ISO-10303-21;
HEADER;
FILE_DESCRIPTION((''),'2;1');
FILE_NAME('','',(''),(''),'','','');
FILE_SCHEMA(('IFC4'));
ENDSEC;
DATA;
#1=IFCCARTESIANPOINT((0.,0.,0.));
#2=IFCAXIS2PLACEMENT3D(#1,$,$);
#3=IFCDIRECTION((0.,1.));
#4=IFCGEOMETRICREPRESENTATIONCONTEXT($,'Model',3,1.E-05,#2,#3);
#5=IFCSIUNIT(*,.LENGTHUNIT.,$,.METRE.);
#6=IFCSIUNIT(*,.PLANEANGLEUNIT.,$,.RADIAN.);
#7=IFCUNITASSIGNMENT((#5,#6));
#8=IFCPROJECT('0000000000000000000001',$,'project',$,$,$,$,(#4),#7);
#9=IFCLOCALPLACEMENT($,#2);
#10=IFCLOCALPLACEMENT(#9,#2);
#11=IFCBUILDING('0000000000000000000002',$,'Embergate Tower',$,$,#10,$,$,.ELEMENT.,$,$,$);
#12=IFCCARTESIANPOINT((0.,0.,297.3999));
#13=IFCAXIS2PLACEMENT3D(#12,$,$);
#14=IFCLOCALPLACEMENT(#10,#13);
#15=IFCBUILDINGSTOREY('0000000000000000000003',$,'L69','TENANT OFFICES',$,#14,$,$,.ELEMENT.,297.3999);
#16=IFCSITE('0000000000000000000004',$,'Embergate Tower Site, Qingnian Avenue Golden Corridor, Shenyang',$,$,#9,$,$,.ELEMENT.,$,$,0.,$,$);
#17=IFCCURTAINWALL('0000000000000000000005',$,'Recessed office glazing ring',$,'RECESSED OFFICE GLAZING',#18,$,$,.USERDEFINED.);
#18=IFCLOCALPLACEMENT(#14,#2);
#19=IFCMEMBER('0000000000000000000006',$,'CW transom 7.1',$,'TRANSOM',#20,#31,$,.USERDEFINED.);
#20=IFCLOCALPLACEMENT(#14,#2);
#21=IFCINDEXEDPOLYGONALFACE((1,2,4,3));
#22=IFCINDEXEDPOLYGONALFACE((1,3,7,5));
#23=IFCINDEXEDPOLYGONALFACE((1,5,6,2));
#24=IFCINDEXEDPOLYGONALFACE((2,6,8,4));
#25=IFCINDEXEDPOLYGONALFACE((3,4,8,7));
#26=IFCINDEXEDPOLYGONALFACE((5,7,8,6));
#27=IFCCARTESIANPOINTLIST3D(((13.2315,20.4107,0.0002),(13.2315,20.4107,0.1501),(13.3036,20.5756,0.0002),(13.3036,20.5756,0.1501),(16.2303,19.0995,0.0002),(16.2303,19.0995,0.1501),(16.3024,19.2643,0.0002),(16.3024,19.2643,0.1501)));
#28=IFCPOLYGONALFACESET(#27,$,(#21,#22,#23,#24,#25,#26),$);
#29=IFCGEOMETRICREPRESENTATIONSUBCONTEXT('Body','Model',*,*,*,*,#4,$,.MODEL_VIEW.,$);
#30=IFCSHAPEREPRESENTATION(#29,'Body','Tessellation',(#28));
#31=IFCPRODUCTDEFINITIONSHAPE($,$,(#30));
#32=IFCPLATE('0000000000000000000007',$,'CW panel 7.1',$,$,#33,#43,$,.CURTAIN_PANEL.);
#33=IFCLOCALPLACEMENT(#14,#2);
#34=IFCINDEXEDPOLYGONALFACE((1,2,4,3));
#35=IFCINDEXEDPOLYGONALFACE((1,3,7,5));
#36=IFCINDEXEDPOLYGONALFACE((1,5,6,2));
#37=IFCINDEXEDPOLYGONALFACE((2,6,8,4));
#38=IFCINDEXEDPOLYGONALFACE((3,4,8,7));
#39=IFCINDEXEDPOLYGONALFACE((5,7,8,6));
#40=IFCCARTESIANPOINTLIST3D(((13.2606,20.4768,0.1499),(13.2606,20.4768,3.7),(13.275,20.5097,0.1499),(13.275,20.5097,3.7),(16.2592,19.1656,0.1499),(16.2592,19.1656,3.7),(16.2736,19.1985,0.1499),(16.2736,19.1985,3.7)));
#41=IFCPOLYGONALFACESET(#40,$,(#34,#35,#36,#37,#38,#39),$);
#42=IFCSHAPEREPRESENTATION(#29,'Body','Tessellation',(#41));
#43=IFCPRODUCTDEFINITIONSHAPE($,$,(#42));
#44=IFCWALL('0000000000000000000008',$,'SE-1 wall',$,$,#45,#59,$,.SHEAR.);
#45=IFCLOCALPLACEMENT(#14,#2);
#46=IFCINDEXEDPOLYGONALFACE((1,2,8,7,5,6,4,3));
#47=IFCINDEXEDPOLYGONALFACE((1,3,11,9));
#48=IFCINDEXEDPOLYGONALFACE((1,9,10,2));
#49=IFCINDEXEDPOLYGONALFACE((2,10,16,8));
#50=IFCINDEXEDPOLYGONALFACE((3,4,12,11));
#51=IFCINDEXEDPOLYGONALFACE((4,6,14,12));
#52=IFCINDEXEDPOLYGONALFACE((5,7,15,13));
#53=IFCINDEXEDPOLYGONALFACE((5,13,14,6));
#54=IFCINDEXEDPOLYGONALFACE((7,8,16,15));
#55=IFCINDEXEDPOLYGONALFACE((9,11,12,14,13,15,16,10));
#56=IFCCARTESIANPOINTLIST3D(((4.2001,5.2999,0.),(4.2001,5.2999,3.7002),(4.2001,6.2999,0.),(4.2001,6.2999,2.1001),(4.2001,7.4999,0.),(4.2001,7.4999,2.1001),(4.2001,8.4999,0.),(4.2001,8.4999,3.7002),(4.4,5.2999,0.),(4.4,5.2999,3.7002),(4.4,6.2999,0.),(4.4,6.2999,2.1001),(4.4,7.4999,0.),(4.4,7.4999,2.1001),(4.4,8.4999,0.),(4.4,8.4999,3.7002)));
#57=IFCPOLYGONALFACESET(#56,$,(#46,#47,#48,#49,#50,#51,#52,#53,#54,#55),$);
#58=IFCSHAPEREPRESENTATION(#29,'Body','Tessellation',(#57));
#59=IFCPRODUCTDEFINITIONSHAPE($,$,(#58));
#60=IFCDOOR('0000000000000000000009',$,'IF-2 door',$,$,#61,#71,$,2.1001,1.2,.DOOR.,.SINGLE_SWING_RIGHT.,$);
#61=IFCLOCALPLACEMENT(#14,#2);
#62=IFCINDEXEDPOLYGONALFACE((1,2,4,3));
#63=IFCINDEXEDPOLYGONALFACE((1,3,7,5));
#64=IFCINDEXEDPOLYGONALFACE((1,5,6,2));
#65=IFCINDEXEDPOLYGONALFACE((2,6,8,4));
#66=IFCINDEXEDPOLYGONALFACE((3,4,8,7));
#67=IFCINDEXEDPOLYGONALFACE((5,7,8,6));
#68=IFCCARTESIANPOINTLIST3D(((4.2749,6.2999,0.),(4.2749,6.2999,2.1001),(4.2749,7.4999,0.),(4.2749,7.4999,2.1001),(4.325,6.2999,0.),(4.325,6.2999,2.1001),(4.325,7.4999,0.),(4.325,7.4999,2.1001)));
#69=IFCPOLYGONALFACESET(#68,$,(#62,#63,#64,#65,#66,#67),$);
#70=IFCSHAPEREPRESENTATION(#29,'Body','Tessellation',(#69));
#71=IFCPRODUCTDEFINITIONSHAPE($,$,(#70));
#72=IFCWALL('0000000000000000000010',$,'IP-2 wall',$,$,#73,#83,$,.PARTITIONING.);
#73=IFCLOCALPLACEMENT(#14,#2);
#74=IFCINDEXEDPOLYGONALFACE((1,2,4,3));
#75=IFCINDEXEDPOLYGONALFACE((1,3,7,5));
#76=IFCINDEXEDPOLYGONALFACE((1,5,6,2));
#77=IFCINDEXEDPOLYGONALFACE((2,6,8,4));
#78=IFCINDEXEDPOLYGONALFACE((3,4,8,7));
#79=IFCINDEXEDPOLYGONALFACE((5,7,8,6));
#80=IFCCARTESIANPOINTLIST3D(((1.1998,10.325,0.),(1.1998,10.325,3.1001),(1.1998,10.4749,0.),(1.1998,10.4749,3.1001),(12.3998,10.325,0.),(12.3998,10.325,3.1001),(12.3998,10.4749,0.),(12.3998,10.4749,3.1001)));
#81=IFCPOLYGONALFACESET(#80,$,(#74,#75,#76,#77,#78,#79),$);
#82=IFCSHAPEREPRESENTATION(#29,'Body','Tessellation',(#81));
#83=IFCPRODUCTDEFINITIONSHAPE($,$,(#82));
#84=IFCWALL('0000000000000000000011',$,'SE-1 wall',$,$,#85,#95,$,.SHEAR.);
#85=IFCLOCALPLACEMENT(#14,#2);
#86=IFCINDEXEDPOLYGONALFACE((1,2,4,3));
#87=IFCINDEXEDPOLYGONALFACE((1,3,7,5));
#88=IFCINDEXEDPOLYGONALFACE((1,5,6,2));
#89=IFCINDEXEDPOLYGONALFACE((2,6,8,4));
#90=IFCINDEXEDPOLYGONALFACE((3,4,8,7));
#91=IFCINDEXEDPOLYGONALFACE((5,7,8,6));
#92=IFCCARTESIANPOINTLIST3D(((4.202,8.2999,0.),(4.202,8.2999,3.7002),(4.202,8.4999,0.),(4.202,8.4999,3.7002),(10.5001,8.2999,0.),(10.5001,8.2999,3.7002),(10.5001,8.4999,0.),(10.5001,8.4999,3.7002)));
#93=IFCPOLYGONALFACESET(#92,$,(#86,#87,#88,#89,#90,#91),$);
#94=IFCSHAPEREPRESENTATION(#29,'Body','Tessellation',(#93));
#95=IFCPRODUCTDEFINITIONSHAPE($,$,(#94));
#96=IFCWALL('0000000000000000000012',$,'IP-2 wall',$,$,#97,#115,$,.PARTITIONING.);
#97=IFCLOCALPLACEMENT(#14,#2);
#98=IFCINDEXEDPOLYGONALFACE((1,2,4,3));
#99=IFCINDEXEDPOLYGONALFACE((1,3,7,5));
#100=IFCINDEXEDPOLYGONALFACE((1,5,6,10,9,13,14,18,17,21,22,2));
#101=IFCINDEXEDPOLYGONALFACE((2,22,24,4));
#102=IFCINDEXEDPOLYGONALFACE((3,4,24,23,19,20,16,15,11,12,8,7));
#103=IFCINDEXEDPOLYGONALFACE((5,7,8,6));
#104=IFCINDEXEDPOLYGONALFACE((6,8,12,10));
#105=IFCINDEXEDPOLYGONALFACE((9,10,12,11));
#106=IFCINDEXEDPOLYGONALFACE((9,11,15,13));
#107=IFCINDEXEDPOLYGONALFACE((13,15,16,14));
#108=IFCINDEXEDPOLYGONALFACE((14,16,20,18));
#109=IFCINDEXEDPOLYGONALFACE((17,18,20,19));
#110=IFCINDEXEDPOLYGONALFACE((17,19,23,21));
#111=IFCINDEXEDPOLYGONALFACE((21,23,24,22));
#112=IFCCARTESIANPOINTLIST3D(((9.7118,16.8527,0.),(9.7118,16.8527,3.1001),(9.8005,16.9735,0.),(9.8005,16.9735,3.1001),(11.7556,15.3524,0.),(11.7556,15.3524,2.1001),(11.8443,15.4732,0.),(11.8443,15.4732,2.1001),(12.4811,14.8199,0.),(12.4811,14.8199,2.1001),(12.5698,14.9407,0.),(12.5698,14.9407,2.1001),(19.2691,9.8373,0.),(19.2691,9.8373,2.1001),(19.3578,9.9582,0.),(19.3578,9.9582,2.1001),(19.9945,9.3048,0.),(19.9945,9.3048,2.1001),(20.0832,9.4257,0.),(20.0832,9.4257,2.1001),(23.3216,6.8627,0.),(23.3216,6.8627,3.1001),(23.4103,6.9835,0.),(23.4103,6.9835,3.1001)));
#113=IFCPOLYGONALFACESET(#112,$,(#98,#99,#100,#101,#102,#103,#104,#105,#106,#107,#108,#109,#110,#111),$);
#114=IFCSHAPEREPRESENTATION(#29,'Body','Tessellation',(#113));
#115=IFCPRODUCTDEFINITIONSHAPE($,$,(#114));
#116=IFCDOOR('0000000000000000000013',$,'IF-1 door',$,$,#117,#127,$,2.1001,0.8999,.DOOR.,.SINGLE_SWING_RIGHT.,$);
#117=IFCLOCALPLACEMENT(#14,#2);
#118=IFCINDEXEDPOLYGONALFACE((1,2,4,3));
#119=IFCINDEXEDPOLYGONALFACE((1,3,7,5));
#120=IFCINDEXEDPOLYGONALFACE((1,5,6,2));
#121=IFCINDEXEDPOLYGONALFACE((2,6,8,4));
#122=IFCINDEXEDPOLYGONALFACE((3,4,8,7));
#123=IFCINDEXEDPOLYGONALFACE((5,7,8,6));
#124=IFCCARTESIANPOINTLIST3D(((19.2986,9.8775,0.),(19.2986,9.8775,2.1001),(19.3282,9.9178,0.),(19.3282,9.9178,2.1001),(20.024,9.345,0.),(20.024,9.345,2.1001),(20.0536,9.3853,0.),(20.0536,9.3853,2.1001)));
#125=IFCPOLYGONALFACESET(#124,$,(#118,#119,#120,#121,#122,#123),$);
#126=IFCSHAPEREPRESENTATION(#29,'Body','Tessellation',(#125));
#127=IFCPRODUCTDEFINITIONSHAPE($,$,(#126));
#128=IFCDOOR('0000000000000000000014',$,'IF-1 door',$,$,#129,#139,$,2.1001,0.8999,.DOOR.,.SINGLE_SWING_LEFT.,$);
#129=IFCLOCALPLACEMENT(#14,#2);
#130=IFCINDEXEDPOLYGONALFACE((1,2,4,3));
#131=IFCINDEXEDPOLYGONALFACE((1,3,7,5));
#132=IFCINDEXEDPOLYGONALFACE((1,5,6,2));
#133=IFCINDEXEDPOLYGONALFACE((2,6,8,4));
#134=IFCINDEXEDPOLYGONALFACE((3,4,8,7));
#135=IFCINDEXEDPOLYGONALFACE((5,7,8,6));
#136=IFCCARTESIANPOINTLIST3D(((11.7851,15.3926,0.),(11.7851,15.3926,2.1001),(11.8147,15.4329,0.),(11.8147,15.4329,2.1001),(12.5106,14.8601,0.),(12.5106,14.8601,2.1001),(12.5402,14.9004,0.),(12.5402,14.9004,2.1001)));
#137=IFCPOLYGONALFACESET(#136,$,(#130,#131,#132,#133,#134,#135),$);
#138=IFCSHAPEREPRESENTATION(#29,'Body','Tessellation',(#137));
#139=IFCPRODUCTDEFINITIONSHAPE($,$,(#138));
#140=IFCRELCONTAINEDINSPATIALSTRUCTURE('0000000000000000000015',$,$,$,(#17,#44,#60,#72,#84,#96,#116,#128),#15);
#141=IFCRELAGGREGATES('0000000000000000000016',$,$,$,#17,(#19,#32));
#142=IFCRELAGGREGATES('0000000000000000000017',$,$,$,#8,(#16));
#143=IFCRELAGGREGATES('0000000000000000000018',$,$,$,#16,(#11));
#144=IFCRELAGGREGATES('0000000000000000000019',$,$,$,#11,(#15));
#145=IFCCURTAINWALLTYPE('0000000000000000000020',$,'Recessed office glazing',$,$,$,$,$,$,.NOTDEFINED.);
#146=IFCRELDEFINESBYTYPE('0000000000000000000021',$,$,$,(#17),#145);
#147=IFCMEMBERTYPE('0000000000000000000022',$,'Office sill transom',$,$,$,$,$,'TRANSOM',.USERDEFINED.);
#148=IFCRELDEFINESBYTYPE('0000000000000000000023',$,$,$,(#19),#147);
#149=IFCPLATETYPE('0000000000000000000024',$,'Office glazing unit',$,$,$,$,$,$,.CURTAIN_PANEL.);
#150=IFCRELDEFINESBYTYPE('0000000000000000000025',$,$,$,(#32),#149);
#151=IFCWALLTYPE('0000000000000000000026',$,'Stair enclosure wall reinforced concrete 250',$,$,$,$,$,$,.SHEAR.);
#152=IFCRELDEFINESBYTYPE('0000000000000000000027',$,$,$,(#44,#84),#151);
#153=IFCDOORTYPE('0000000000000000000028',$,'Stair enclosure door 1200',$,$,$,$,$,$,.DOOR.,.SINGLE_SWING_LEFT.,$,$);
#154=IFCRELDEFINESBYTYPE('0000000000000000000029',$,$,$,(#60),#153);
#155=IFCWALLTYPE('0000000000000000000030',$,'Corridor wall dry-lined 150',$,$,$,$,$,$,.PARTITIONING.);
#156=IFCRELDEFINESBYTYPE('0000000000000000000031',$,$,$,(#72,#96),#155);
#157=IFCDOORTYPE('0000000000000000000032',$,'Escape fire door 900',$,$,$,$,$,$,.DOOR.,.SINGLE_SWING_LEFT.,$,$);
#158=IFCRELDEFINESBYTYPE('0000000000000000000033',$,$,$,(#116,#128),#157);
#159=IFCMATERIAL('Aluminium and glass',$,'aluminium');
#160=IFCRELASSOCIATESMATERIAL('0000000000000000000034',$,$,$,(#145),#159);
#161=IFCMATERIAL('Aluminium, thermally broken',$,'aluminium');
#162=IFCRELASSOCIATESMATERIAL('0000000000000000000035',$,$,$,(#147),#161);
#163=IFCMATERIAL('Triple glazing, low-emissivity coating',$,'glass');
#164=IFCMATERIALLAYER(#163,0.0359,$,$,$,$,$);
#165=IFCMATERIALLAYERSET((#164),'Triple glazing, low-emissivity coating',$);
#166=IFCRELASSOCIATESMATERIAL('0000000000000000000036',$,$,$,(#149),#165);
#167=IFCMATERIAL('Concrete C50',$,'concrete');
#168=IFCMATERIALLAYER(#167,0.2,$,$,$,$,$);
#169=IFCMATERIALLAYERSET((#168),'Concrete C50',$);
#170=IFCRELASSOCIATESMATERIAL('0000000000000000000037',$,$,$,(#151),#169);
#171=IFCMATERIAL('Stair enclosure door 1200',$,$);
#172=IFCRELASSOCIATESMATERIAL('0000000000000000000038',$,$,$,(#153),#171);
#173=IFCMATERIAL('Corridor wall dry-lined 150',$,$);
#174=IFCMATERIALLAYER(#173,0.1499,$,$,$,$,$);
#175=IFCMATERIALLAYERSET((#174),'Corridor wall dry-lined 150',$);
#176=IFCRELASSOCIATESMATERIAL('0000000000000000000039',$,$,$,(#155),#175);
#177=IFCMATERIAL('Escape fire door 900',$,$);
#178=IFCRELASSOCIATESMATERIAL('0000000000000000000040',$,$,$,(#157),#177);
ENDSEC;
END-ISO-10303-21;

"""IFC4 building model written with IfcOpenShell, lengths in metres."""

from ifc_helpers import new_model, si_unit, direction, frame, frame_2d, origin, origin_2d, place, context, subcontext, project, spatial, rectangle, extrude, source, transform, mapped, material, layer, layer_set, material_profile, profile_set, type_object, element, fill, aggregate, save


model = new_model("IFC4")

# Units and contexts
model_context = context("Model", 3, precision=1e-05, world=origin(), true_north=direction((0.0, 1.0)))
body_context = subcontext(model_context, "Body", "Model", "MODEL_VIEW")
ifc_project = project(units=[si_unit("LENGTHUNIT", "METRE"), si_unit("PLANEANGLEUNIT", "RADIAN")], contexts=[model_context])

# Site, building, storey
site_placement = place(None, origin())
site = spatial("IfcSite", under=ifc_project, at=site_placement, Name="Embergate Tower Site, Qingnian Avenue Golden Corridor, Shenyang", CompositionType="ELEMENT", RefElevation=0.0)
building_placement = place(site_placement, origin())
building = spatial("IfcBuilding", under=site, at=building_placement, Name="Embergate Tower", CompositionType="ELEMENT")
storey_placement = place(building_placement, frame((0.0, 0.0, 297.3999)))
storey = spatial("IfcBuildingStorey", under=building, at=storey_placement, Name="L69", Description="TENANT OFFICES", CompositionType="ELEMENT", Elevation=297.3999)

# Curtain wall, member, plate
ifc_material_1 = material(Name="Aluminium and glass", Category="aluminium")
curtain_wall_type = type_object("IfcCurtainWallType", Name="Recessed office glazing", PredefinedType="NOTDEFINED", material=ifc_material_1)
curtain_wall_placement = place(storey_placement, origin())
curtain_wall = element("IfcCurtainWall", 1, at=curtain_wall_placement, inside=storey, type_object=curtain_wall_type, Name="Recessed office glazing ring", ObjectType="RECESSED OFFICE GLAZING", PredefinedType="USERDEFINED")
ifc_material_2 = material(Name="Aluminium, thermally broken", Category="aluminium")
ifc_material_profile = material_profile(ifc_material_2, rectangle(XDim=0.1799, YDim=0.1499, at=origin_2d()), Name="AL 150x180")
ifc_profile_set = profile_set([ifc_material_profile], Name="Aluminium, thermally broken")
member_type = type_object("IfcMemberType", Name="Office sill transom", ElementType="TRANSOM", PredefinedType="USERDEFINED", material=ifc_profile_set)
shared_shape_1 = source(origin(), body_context, "Body", "SweptSolid", [
    extrude(rectangle(XDim=0.1799, YDim=0.1499, at=origin_2d()), origin(), (0.0, 0.0, 1.0), 3.2729),
])
member_placement = place(storey_placement, frame((16.2664, 19.1819, 0.0752), z_axis=(-0.916234, 0.400643, 0.0), x_axis=(-0.400643, -0.916234, 0.0)))
member = element("IfcMember", 2, at=member_placement, type_object=member_type, Name="CW transom 7.1", ObjectType="TRANSOM", PredefinedType="USERDEFINED", context=body_context, shape_type="MappedRepresentation", body=[
    mapped(shared_shape_1, transform((0.0, 0.0, 0.0))),
])
ifc_material_3 = material(Name="Triple glazing, low-emissivity coating", Category="glass")
ifc_layer_1 = layer(ifc_material_3, 0.0359)
ifc_layer_set_1 = layer_set([ifc_layer_1], Name="Triple glazing, low-emissivity coating")
plate_type = type_object("IfcPlateType", Name="Office glazing unit", PredefinedType="CURTAIN_PANEL", material=ifc_layer_set_1)
shared_shape_2 = source(origin(), body_context, "Body", "SweptSolid", [
    extrude(rectangle(XDim=3.2727, YDim=0.0359, at=origin_2d()), origin(), (0.0, 0.0, 1.0), 3.55),
])
plate_placement = place(storey_placement, frame((14.7671, 19.8376, 0.1499), z_axis=(0.0, 0.0, 1.0), x_axis=(-0.916235, 0.400642, 0.0)))
plate = element("IfcPlate", 3, at=plate_placement, type_object=plate_type, Name="CW panel 7.1", PredefinedType="CURTAIN_PANEL", context=body_context, shape_type="MappedRepresentation", body=[
    mapped(shared_shape_2, transform((0.0, 0.0, 0.0))),
])
aggregate(curtain_wall, [member, plate])

# Wall, opening, door
ifc_material_4 = material(Name="Concrete C50", Category="concrete")
ifc_layer_2 = layer(ifc_material_4, 0.2)
ifc_layer_set_2 = layer_set([ifc_layer_2], Name="Concrete C50")
wall_type_1 = type_object("IfcWallType", Name="Stair enclosure wall reinforced concrete 250", PredefinedType="SHEAR", material=ifc_layer_set_2)
shared_shape_3 = source(origin(), body_context, "Body", "SweptSolid", [
    extrude(rectangle(XDim=3.2, YDim=0.2, at=frame_2d((1.6001, 0.0))), origin(), (0.0, 0.0, 1.0), 3.7002),
])
wall_1_placement = place(storey_placement, frame((4.3, 8.5, 0.0), z_axis=(0.0, 0.0, 1.0), x_axis=(0.0, -1.0, 0.0)))
wall_1 = element("IfcWall", 4, at=wall_1_placement, inside=storey, type_object=wall_type_1, Name="SE-1 wall", PredefinedType="SHEAR", context=body_context, shape_type="MappedRepresentation", body=[
    mapped(shared_shape_3, transform((0.0, 0.0, 0.0))),
])
shared_shape_4 = source(origin(), body_context, "Body", "SweptSolid", [
    extrude(rectangle(XDim=1.2, YDim=2.1001, at=frame_2d((0.6001, 1.05))), frame((0.0, 0.1099, 0.0), z_axis=(0.0, -1.0, 0.0), x_axis=(1.0, 0.0, 0.0)), (0.0, 0.0, 1.0), 0.22),
])
opening_1_placement = place(wall_1_placement, frame((1.0, 0.0, 0.0)))
opening_1 = element("IfcOpeningElement", 5, at=opening_1_placement, cuts=wall_1, PredefinedType="OPENING", context=body_context, shape_type="MappedRepresentation", body=[
    mapped(shared_shape_4, transform((0.0, 0.0, 0.0))),
])
ifc_material_5 = material(Name="Stair enclosure door 1200")
door_type_1 = type_object("IfcDoorType", Name="Stair enclosure door 1200", OperationType="SINGLE_SWING_LEFT", PredefinedType="DOOR", material=ifc_material_5)
shared_shape_5 = source(origin(), body_context, "Body", "SweptSolid", [
    extrude(rectangle(XDim=1.2, YDim=2.1001, at=frame_2d((0.6001, 1.05))), frame((0.0, 0.0249, 0.0), z_axis=(0.0, -1.0, 0.0), x_axis=(1.0, 0.0, 0.0)), (0.0, 0.0, 1.0), 0.05),
])
door_1_placement = place(opening_1_placement, origin())
door_1 = element("IfcDoor", 6, at=door_1_placement, inside=storey, type_object=door_type_1, Name="IF-2 door", OperationType="SINGLE_SWING_RIGHT", OverallHeight=2.1001, OverallWidth=1.2, PredefinedType="DOOR", context=body_context, shape_type="MappedRepresentation", body=[
    mapped(shared_shape_5, transform((0.0, 0.0, 0.0))),
])
fill(opening_1, door_1)

# Walls
ifc_material_6 = material(Name="Corridor wall dry-lined 150")
ifc_layer_3 = layer(ifc_material_6, 0.1499)
ifc_layer_set_3 = layer_set([ifc_layer_3], Name="Corridor wall dry-lined 150")
wall_type_2 = type_object("IfcWallType", Name="Corridor wall dry-lined 150", PredefinedType="PARTITIONING", material=ifc_layer_set_3)
shared_shape_6 = source(origin(), body_context, "Body", "SweptSolid", [
    extrude(rectangle(XDim=11.2, YDim=0.1499, at=frame_2d((5.6001, 0.0))), origin(), (0.0, 0.0, 1.0), 3.1001),
])
wall_2_placement = place(storey_placement, frame((12.3999, 10.3999, 0.0), z_axis=(0.0, 0.0, 1.0), x_axis=(-1.0, 0.0, 0.0)))
element("IfcWall", 7, at=wall_2_placement, inside=storey, type_object=wall_type_2, Name="IP-2 wall", PredefinedType="PARTITIONING", context=body_context, shape_type="MappedRepresentation", body=[
    mapped(shared_shape_6, transform((0.0, 0.0, 0.0))),
])
shared_shape_7 = source(origin(), body_context, "Body", "SweptSolid", [
    extrude(rectangle(XDim=6.2981, YDim=0.2, at=frame_2d((3.1489, 0.0))), origin(), (0.0, 0.0, 1.0), 3.7002),
])
wall_3_placement = place(storey_placement, frame((10.5, 8.3999, 0.0), z_axis=(0.0, 0.0, 1.0), x_axis=(-1.0, 0.0, 0.0)))
element("IfcWall", 8, at=wall_3_placement, inside=storey, type_object=wall_type_1, Name="SE-1 wall", PredefinedType="SHEAR", context=body_context, shape_type="MappedRepresentation", body=[
    mapped(shared_shape_7, transform((0.0, 0.0, 0.0))),
])

# Wall, openings, doors
shared_shape_8 = source(origin(), body_context, "Body", "SweptSolid", [
    extrude(rectangle(XDim=16.8828, YDim=0.1499, at=frame_2d((8.4414, 0.0))), origin(), (0.0, 0.0, 1.0), 3.1001),
])
wall_4_placement = place(storey_placement, frame((9.7561, 16.9131, 0.0), z_axis=(0.0, 0.0, 1.0), x_axis=(0.806139, -0.591727, 0.0)))
wall_4 = element("IfcWall", 9, at=wall_4_placement, inside=storey, type_object=wall_type_2, Name="IP-2 wall", PredefinedType="PARTITIONING", context=body_context, shape_type="MappedRepresentation", body=[
    mapped(shared_shape_8, transform((0.0, 0.0, 0.0))),
])
shared_shape_9 = source(origin(), body_context, "Body", "SweptSolid", [
    extrude(rectangle(XDim=0.8999, YDim=2.1001, at=frame_2d((0.45, 1.05))), frame((0.0, 0.085, 0.0), z_axis=(0.0, -1.0, 0.0), x_axis=(1.0, 0.0, 0.0)), (0.0, 0.0, 1.0), 0.1699),
])
opening_2_placement = place(wall_4_placement, frame((11.8557, 0.0, 0.0)))
opening_2 = element("IfcOpeningElement", 10, at=opening_2_placement, cuts=wall_4, PredefinedType="OPENING", context=body_context, shape_type="MappedRepresentation", body=[
    mapped(shared_shape_9, transform((0.0, 0.0, 0.0))),
])
opening_3_placement = place(wall_4_placement, frame((2.5354, 0.0, 0.0)))
opening_3 = element("IfcOpeningElement", 11, at=opening_3_placement, cuts=wall_4, PredefinedType="OPENING", context=body_context, shape_type="MappedRepresentation", body=[
    mapped(shared_shape_9, transform((0.0, 0.0, 0.0))),
])
ifc_material_7 = material(Name="Escape fire door 900")
door_type_2 = type_object("IfcDoorType", Name="Escape fire door 900", OperationType="SINGLE_SWING_LEFT", PredefinedType="DOOR", material=ifc_material_7)
shared_shape_10 = source(origin(), body_context, "Body", "SweptSolid", [
    extrude(rectangle(XDim=0.8999, YDim=2.1001, at=frame_2d((0.45, 1.05))), frame((0.0, 0.0249, 0.0), z_axis=(0.0, -1.0, 0.0), x_axis=(1.0, 0.0, 0.0)), (0.0, 0.0, 1.0), 0.05),
])
door_2_placement = place(opening_2_placement, origin())
door_2 = element("IfcDoor", 12, at=door_2_placement, inside=storey, type_object=door_type_2, Name="IF-1 door", OperationType="SINGLE_SWING_RIGHT", OverallHeight=2.1001, OverallWidth=0.8999, PredefinedType="DOOR", context=body_context, shape_type="MappedRepresentation", body=[
    mapped(shared_shape_10, transform((0.0, 0.0, 0.0))),
])
fill(opening_2, door_2)
door_3_placement = place(opening_3_placement, origin())
door_3 = element("IfcDoor", 13, at=door_3_placement, inside=storey, type_object=door_type_2, Name="IF-1 door", OperationType="SINGLE_SWING_LEFT", OverallHeight=2.1001, OverallWidth=0.8999, PredefinedType="DOOR", context=body_context, shape_type="MappedRepresentation", body=[
    mapped(shared_shape_10, transform((0.0, 0.0, 0.0))),
])
fill(opening_3, door_3)

save(model, "model.ifc")
